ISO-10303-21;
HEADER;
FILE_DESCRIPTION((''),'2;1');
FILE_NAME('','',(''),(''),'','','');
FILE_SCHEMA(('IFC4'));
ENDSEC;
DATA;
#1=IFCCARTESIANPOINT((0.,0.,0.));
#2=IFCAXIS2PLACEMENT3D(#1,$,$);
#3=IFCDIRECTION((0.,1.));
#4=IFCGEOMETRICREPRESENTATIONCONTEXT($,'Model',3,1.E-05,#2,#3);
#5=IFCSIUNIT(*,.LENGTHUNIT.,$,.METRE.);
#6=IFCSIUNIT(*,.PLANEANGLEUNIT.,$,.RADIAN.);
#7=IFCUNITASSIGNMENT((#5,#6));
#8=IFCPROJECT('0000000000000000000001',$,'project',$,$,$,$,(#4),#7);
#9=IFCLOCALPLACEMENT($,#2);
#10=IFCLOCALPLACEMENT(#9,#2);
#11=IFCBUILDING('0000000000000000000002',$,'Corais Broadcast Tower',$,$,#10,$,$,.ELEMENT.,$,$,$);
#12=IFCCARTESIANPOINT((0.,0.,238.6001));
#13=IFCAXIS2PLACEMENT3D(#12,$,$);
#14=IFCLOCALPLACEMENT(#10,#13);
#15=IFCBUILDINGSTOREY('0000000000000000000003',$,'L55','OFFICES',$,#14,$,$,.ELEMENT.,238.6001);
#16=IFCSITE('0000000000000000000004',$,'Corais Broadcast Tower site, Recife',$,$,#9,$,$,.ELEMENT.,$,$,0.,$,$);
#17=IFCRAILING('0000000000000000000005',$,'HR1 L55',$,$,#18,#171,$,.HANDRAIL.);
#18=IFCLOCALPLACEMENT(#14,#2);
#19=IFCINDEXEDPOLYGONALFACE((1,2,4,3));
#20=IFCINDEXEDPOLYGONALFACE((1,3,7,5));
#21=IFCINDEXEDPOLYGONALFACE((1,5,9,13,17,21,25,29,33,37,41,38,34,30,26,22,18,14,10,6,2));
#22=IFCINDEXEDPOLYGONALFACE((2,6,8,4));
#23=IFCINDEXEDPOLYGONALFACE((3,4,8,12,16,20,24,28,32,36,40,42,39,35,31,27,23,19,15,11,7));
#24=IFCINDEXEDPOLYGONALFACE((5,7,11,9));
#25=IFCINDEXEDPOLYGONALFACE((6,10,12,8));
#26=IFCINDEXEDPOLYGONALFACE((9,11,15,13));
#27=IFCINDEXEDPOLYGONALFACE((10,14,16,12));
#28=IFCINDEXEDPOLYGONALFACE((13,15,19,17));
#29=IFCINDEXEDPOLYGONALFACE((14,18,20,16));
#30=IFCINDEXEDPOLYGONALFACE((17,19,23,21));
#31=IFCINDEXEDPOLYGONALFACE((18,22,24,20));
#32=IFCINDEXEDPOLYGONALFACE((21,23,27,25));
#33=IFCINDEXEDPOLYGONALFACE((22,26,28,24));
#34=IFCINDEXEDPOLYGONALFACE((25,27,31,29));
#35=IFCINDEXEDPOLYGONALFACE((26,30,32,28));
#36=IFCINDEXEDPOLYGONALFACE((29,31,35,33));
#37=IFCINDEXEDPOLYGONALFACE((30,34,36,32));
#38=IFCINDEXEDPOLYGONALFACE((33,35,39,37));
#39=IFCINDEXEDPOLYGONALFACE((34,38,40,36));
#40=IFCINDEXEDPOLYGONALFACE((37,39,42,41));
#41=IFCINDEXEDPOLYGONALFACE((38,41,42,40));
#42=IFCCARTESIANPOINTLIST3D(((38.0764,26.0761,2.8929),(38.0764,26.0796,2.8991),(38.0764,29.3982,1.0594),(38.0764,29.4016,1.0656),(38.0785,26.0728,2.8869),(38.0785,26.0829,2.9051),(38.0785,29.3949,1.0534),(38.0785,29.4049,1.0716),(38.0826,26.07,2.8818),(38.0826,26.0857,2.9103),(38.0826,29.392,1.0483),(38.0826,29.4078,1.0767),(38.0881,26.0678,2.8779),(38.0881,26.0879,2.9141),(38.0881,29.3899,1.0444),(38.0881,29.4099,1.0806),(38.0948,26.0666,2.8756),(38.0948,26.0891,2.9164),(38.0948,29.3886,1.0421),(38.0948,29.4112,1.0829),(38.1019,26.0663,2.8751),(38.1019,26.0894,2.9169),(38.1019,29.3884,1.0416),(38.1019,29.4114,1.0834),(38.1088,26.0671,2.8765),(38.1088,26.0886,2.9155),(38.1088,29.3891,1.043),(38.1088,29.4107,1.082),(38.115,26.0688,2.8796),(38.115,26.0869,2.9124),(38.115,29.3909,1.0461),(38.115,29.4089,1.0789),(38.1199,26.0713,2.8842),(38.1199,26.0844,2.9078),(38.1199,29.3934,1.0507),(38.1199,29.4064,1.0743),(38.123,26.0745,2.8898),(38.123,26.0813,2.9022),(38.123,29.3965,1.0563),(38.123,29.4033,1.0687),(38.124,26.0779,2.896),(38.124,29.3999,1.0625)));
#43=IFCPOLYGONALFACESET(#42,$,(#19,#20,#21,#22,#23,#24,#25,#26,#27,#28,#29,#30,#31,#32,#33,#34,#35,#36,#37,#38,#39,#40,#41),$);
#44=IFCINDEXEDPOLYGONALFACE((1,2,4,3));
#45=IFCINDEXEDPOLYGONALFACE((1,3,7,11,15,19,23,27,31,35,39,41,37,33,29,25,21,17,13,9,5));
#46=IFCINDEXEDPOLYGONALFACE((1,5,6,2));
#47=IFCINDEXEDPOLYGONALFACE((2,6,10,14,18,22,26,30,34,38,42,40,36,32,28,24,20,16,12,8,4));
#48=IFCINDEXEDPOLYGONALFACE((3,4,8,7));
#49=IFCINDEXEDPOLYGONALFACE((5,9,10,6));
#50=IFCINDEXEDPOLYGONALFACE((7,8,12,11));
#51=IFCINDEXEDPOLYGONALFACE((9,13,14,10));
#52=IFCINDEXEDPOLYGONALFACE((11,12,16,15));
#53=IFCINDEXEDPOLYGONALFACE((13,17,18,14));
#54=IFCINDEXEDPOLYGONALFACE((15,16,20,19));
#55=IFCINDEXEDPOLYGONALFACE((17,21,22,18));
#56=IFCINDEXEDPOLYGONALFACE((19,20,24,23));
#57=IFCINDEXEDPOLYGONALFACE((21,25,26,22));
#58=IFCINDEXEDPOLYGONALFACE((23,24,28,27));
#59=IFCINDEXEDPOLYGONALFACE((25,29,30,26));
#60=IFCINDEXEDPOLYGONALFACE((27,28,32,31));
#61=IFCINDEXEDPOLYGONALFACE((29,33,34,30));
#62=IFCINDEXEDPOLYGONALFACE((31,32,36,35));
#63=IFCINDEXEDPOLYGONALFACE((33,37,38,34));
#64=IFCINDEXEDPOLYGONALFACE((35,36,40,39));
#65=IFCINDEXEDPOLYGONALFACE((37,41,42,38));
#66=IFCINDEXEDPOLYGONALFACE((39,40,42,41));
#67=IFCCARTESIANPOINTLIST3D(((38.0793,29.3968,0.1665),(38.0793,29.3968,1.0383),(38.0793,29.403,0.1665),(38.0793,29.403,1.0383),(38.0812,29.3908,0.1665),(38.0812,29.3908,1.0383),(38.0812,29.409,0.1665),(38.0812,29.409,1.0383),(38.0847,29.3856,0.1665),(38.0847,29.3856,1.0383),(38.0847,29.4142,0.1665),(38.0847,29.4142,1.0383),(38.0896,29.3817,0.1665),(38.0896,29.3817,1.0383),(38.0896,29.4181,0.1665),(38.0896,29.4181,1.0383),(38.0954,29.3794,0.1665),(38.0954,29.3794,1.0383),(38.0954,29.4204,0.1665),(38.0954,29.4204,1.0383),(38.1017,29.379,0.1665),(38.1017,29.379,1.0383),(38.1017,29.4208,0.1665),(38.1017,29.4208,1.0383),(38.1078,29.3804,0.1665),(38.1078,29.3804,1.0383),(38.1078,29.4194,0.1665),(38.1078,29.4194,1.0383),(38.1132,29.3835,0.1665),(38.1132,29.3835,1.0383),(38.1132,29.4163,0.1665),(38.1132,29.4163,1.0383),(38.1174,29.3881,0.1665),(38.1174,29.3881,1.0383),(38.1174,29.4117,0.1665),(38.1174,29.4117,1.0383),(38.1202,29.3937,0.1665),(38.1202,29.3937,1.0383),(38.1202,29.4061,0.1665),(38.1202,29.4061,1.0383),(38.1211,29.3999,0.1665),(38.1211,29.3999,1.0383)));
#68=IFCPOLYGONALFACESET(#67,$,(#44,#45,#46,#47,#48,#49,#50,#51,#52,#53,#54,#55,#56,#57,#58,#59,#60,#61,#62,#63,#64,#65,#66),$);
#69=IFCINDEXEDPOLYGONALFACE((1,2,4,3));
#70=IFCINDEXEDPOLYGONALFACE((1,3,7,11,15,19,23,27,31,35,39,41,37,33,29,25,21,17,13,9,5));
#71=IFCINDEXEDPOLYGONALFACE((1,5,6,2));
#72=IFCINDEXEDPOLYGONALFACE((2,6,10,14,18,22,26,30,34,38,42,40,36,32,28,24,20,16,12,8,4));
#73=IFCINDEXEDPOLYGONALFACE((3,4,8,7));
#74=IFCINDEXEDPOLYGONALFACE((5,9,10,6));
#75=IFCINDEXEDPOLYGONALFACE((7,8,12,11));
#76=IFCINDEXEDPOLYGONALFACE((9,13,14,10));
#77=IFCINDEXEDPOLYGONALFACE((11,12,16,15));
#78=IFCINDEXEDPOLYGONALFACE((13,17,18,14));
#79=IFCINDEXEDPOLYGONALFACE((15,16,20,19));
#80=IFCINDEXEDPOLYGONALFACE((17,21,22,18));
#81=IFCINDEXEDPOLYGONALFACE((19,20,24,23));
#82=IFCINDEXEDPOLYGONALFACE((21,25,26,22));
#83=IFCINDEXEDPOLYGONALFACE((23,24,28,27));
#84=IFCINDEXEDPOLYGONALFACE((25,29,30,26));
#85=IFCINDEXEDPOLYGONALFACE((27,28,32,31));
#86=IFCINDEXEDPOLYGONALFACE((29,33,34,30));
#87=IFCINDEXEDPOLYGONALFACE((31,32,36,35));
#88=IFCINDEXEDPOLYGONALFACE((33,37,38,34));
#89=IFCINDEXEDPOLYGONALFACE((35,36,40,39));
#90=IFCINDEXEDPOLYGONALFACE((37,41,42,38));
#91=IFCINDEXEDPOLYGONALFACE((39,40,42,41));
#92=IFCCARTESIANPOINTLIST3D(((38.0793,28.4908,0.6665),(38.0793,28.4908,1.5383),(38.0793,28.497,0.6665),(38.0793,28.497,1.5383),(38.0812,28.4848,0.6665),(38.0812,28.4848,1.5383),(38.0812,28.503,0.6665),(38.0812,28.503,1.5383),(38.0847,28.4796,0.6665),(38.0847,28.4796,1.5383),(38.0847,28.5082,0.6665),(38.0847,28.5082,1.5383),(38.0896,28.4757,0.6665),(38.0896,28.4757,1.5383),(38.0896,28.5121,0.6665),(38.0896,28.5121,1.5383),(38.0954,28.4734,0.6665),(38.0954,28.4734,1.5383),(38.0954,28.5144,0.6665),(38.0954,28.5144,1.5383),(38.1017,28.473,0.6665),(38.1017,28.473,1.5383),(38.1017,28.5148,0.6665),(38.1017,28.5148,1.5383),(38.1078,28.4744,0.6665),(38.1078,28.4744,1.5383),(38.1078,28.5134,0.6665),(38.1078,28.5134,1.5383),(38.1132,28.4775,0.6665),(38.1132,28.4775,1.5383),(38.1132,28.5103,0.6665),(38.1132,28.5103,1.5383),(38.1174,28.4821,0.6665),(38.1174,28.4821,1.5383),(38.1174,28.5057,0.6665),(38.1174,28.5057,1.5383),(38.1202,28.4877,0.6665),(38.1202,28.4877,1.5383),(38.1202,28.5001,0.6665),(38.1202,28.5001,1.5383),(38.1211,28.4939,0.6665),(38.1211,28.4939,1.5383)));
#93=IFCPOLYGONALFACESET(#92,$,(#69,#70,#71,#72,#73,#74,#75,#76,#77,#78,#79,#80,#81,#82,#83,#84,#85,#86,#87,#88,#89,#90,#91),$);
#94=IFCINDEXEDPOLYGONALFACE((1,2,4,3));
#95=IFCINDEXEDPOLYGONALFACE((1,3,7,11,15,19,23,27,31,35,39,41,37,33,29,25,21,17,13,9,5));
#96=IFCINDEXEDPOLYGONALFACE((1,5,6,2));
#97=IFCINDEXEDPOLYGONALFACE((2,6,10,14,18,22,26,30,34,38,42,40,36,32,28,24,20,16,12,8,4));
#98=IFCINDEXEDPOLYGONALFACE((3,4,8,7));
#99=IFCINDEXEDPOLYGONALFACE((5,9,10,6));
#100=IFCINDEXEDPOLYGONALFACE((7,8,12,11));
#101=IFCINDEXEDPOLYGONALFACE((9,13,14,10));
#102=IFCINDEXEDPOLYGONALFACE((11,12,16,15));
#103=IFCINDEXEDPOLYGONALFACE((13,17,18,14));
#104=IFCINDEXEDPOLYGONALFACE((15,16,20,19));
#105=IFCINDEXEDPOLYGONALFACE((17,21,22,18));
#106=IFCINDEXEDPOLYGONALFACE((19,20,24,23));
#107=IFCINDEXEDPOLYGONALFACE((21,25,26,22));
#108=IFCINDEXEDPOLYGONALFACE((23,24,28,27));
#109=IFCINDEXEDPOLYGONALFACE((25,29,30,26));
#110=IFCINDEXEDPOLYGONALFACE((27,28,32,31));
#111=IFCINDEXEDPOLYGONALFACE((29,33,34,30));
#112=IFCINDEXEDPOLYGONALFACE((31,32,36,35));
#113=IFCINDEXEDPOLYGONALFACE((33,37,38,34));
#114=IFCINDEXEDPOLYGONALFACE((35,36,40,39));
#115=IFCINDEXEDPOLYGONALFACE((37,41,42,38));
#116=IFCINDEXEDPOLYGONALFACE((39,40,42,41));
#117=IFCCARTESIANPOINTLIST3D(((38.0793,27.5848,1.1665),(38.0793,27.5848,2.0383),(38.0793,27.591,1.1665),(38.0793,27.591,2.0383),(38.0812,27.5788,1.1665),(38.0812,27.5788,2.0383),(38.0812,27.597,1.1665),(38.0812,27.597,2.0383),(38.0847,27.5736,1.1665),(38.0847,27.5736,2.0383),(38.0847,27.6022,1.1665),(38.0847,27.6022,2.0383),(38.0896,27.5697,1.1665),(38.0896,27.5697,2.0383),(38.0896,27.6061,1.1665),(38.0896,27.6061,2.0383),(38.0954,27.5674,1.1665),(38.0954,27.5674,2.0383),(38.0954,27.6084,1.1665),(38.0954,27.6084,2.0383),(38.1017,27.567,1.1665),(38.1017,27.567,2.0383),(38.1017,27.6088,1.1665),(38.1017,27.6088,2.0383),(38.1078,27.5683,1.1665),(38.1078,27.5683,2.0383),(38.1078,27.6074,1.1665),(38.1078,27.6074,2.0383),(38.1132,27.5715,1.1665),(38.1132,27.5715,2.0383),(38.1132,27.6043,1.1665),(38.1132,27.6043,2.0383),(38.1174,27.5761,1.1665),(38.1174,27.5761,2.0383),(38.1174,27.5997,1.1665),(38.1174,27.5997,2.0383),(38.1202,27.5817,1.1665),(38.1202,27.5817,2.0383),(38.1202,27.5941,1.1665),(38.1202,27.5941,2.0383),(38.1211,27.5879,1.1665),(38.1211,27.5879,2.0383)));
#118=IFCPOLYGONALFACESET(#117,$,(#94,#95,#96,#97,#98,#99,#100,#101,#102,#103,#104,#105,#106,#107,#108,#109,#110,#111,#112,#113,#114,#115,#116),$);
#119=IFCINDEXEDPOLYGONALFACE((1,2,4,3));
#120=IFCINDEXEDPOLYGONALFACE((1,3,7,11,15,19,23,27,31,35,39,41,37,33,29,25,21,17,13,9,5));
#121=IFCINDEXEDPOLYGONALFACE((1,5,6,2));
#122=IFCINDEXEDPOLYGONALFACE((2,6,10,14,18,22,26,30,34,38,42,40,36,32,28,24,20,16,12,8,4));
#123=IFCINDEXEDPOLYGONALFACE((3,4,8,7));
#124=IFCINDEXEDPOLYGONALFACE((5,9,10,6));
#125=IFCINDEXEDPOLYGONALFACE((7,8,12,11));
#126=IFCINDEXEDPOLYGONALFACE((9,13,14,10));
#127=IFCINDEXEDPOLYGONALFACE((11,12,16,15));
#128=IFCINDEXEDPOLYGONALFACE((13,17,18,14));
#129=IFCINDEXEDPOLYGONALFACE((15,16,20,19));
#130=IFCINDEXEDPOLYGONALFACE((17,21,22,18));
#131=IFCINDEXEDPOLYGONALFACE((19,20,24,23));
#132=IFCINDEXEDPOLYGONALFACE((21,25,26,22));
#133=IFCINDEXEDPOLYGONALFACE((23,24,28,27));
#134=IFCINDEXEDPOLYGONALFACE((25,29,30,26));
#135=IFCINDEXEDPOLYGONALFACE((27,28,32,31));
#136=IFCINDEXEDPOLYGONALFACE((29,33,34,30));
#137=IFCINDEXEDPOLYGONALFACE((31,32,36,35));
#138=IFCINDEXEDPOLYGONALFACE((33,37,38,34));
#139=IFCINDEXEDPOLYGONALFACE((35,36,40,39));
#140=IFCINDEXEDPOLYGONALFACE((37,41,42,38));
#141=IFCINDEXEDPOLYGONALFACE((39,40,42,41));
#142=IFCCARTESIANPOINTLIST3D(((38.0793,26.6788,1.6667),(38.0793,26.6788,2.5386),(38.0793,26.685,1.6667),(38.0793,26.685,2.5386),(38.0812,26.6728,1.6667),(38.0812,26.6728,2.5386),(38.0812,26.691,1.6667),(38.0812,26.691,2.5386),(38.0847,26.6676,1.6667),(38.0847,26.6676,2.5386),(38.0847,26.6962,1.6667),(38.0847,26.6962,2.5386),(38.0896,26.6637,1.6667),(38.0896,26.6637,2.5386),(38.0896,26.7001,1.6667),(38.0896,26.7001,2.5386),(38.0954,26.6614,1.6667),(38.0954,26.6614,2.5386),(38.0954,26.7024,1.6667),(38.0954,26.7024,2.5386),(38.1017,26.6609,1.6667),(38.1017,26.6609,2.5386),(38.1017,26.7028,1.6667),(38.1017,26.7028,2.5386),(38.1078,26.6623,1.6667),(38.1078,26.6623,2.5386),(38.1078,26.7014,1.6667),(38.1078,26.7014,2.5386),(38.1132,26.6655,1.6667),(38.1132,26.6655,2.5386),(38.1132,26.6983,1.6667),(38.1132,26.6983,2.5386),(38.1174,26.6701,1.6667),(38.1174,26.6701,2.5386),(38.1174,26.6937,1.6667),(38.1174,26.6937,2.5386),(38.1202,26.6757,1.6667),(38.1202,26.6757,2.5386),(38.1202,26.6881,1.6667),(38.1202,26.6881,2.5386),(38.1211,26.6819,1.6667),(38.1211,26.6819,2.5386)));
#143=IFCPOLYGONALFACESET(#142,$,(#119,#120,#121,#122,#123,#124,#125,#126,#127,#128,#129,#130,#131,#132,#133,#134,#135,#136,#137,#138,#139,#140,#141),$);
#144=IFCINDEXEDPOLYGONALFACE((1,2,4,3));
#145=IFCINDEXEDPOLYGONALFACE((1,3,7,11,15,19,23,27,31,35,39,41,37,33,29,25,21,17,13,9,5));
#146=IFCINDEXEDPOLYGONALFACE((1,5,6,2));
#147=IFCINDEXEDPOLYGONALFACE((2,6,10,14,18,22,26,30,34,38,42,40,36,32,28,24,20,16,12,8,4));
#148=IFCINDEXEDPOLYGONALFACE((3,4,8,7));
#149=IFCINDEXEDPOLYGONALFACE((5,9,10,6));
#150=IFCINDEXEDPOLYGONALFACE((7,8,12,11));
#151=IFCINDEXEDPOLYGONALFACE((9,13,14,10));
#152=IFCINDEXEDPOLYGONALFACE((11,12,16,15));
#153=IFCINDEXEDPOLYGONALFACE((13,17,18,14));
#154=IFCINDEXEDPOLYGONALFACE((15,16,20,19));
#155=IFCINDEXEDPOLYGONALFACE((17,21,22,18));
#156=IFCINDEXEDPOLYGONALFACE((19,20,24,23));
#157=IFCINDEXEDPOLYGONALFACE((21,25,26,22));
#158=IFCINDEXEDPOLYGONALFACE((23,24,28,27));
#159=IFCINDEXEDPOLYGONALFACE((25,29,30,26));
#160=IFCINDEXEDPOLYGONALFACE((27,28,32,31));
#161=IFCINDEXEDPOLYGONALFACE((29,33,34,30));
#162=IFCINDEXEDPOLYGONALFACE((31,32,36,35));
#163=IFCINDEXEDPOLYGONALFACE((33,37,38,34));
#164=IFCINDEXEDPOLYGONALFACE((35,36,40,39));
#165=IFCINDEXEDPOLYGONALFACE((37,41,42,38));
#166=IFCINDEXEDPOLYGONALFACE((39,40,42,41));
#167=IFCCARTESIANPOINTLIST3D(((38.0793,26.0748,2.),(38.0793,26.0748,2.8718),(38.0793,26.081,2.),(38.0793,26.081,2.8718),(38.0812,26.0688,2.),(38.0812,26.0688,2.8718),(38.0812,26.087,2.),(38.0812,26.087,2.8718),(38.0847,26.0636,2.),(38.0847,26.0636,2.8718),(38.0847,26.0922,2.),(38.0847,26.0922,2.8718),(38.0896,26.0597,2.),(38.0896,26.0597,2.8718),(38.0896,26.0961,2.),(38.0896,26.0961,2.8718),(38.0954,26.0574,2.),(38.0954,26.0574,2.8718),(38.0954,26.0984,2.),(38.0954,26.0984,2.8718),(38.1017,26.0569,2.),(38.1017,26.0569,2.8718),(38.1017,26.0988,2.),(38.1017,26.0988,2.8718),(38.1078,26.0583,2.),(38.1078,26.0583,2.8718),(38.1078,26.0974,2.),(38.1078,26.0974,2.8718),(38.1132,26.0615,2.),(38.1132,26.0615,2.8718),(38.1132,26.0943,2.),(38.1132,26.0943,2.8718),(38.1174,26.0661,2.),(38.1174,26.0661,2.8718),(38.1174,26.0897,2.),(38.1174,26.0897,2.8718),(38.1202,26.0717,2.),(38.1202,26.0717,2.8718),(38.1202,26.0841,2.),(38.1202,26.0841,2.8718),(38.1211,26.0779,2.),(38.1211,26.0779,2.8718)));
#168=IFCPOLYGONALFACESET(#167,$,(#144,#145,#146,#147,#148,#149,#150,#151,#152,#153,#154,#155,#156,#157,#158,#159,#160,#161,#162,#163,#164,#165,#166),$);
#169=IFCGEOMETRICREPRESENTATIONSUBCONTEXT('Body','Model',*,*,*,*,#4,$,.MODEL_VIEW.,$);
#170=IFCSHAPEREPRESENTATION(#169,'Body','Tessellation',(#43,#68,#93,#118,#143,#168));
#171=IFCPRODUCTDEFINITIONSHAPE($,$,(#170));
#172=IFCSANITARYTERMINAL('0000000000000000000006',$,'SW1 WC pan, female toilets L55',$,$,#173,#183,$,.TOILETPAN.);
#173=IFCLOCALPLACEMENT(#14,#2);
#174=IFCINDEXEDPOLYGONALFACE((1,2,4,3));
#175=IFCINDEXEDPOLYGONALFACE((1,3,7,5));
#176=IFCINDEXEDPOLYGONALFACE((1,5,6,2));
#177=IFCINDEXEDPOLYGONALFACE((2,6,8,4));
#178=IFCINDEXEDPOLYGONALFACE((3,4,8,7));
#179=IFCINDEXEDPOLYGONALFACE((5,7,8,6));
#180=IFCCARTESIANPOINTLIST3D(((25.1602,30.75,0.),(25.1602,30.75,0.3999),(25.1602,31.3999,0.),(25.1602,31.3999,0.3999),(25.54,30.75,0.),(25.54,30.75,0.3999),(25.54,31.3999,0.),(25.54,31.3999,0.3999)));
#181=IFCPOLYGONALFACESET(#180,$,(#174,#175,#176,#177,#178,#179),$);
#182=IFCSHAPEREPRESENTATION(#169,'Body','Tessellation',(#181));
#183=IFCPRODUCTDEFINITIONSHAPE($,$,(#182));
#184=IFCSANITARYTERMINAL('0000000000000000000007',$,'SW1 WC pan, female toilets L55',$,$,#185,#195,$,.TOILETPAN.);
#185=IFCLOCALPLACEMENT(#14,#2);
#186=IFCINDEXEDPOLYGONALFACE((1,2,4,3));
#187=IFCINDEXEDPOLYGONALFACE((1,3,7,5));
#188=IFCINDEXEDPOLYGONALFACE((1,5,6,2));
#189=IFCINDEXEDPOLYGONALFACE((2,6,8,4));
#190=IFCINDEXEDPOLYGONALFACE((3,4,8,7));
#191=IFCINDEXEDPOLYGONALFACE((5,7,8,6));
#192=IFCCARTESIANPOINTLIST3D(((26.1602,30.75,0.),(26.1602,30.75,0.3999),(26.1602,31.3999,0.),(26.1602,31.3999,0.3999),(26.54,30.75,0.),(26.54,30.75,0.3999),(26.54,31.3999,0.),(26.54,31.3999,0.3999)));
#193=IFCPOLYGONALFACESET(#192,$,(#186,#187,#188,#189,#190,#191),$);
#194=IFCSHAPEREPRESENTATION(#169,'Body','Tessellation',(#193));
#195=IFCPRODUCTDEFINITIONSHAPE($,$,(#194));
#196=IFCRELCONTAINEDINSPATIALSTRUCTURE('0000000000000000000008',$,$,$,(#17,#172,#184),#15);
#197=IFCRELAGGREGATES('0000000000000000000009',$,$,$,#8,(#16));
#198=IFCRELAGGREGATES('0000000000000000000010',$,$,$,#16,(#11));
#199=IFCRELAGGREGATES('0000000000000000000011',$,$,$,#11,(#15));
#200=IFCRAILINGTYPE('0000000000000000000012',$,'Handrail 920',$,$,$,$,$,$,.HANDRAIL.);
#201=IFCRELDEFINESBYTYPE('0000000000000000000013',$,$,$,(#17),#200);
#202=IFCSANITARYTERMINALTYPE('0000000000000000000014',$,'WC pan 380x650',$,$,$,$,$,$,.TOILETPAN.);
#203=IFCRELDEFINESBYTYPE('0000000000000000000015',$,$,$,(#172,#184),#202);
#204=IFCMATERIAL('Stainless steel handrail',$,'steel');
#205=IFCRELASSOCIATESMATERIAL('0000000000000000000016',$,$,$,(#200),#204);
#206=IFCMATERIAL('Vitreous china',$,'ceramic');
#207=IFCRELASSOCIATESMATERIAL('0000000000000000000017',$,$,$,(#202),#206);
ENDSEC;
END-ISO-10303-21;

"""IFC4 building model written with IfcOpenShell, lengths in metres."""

from ifc_helpers import new_model, si_unit, direction, frame, origin, origin_2d, place, context, subcontext, project, spatial, rectangle, circle, extrude, material, type_object, element, save


model = new_model("IFC4")

# Units and contexts
model_context = context("Model", 3, precision=1e-05, world=origin(), true_north=direction((0.0, 1.0)))
body_context = subcontext(model_context, "Body", "Model", "MODEL_VIEW")
ifc_project = project(units=[si_unit("LENGTHUNIT", "METRE"), si_unit("PLANEANGLEUNIT", "RADIAN")], contexts=[model_context])

# Site, building, storey
site_placement = place(None, origin())
site = spatial("IfcSite", under=ifc_project, at=site_placement, Name="Corais Broadcast Tower site, Recife", CompositionType="ELEMENT", RefElevation=0.0)
building_placement = place(site_placement, origin())
building = spatial("IfcBuilding", under=site, at=building_placement, Name="Corais Broadcast Tower", CompositionType="ELEMENT")
storey_placement = place(building_placement, frame((0.0, 0.0, 238.6001)))
storey = spatial("IfcBuildingStorey", under=building, at=storey_placement, Name="L55", Description="OFFICES", CompositionType="ELEMENT", Elevation=238.6001)

# Railing
ifc_material_1 = material(Name="Stainless steel handrail", Category="steel")
railing_type = type_object("IfcRailingType", Name="Handrail 920", PredefinedType="HANDRAIL", material=ifc_material_1)
for number, where, name in (
    (1, (38.1001, 29.3999, 0.1665), "HR1 L55"),
):
    element("IfcRailing", number, at=place(storey_placement, frame(where)), inside=storey, type_object=railing_type, Name=name, PredefinedType="HANDRAIL", context=body_context, shape_type="SweptSolid", body=[
        extrude(circle(Radius=0.0239, at=origin_2d()), frame((0.0, 0.0, 0.896), z_axis=(0.0, -0.875504, 0.48321), x_axis=(1.0, 0.0, 0.0)), (0.0, 0.0, 1.0), 3.7944),
        extrude(circle(Radius=0.021, at=origin_2d()), origin(), (0.0, 0.0, 1.0), 0.8718),
        extrude(circle(Radius=0.021, at=origin_2d()), frame((0.0, -0.906, 0.5)), (0.0, 0.0, 1.0), 0.8718),
        extrude(circle(Radius=0.021, at=origin_2d()), frame((0.0, -1.812, 1.0)), (0.0, 0.0, 1.0), 0.8718),
        extrude(circle(Radius=0.021, at=origin_2d()), frame((0.0, -2.718, 1.5002)), (0.0, 0.0, 1.0), 0.8718),
        extrude(circle(Radius=0.021, at=origin_2d()), frame((0.0, -3.322, 1.8335)), (0.0, 0.0, 1.0), 0.8718),
    ])

# Sanitary terminals
ifc_material_2 = material(Name="Vitreous china", Category="ceramic")
sanitary_terminal_type = type_object("IfcSanitaryTerminalType", Name="WC pan 380x650", PredefinedType="TOILETPAN", material=ifc_material_2)
for number, where, z_axis, x_axis, name in (
    (2, (25.3501, 31.075, 0.0), (0.0, 0.0, 1.0), (1.0, 0.0, 0.0), "SW1 WC pan, female toilets L55"),
    (3, (26.3501, 31.075, 0.0), (0.0, 0.0, 1.0), (1.0, 0.0, 0.0), "SW1 WC pan, female toilets L55"),
):
    element("IfcSanitaryTerminal", number, at=place(storey_placement, frame(where, z_axis=z_axis, x_axis=x_axis)), inside=storey, type_object=sanitary_terminal_type, Name=name, PredefinedType="TOILETPAN", context=body_context, shape_type="SweptSolid", body=[
        extrude(rectangle(XDim=0.3799, YDim=0.6499, at=origin_2d()), origin(), (0.0, 0.0, 1.0), 0.3999),
    ])

save(model, "model.ifc")
